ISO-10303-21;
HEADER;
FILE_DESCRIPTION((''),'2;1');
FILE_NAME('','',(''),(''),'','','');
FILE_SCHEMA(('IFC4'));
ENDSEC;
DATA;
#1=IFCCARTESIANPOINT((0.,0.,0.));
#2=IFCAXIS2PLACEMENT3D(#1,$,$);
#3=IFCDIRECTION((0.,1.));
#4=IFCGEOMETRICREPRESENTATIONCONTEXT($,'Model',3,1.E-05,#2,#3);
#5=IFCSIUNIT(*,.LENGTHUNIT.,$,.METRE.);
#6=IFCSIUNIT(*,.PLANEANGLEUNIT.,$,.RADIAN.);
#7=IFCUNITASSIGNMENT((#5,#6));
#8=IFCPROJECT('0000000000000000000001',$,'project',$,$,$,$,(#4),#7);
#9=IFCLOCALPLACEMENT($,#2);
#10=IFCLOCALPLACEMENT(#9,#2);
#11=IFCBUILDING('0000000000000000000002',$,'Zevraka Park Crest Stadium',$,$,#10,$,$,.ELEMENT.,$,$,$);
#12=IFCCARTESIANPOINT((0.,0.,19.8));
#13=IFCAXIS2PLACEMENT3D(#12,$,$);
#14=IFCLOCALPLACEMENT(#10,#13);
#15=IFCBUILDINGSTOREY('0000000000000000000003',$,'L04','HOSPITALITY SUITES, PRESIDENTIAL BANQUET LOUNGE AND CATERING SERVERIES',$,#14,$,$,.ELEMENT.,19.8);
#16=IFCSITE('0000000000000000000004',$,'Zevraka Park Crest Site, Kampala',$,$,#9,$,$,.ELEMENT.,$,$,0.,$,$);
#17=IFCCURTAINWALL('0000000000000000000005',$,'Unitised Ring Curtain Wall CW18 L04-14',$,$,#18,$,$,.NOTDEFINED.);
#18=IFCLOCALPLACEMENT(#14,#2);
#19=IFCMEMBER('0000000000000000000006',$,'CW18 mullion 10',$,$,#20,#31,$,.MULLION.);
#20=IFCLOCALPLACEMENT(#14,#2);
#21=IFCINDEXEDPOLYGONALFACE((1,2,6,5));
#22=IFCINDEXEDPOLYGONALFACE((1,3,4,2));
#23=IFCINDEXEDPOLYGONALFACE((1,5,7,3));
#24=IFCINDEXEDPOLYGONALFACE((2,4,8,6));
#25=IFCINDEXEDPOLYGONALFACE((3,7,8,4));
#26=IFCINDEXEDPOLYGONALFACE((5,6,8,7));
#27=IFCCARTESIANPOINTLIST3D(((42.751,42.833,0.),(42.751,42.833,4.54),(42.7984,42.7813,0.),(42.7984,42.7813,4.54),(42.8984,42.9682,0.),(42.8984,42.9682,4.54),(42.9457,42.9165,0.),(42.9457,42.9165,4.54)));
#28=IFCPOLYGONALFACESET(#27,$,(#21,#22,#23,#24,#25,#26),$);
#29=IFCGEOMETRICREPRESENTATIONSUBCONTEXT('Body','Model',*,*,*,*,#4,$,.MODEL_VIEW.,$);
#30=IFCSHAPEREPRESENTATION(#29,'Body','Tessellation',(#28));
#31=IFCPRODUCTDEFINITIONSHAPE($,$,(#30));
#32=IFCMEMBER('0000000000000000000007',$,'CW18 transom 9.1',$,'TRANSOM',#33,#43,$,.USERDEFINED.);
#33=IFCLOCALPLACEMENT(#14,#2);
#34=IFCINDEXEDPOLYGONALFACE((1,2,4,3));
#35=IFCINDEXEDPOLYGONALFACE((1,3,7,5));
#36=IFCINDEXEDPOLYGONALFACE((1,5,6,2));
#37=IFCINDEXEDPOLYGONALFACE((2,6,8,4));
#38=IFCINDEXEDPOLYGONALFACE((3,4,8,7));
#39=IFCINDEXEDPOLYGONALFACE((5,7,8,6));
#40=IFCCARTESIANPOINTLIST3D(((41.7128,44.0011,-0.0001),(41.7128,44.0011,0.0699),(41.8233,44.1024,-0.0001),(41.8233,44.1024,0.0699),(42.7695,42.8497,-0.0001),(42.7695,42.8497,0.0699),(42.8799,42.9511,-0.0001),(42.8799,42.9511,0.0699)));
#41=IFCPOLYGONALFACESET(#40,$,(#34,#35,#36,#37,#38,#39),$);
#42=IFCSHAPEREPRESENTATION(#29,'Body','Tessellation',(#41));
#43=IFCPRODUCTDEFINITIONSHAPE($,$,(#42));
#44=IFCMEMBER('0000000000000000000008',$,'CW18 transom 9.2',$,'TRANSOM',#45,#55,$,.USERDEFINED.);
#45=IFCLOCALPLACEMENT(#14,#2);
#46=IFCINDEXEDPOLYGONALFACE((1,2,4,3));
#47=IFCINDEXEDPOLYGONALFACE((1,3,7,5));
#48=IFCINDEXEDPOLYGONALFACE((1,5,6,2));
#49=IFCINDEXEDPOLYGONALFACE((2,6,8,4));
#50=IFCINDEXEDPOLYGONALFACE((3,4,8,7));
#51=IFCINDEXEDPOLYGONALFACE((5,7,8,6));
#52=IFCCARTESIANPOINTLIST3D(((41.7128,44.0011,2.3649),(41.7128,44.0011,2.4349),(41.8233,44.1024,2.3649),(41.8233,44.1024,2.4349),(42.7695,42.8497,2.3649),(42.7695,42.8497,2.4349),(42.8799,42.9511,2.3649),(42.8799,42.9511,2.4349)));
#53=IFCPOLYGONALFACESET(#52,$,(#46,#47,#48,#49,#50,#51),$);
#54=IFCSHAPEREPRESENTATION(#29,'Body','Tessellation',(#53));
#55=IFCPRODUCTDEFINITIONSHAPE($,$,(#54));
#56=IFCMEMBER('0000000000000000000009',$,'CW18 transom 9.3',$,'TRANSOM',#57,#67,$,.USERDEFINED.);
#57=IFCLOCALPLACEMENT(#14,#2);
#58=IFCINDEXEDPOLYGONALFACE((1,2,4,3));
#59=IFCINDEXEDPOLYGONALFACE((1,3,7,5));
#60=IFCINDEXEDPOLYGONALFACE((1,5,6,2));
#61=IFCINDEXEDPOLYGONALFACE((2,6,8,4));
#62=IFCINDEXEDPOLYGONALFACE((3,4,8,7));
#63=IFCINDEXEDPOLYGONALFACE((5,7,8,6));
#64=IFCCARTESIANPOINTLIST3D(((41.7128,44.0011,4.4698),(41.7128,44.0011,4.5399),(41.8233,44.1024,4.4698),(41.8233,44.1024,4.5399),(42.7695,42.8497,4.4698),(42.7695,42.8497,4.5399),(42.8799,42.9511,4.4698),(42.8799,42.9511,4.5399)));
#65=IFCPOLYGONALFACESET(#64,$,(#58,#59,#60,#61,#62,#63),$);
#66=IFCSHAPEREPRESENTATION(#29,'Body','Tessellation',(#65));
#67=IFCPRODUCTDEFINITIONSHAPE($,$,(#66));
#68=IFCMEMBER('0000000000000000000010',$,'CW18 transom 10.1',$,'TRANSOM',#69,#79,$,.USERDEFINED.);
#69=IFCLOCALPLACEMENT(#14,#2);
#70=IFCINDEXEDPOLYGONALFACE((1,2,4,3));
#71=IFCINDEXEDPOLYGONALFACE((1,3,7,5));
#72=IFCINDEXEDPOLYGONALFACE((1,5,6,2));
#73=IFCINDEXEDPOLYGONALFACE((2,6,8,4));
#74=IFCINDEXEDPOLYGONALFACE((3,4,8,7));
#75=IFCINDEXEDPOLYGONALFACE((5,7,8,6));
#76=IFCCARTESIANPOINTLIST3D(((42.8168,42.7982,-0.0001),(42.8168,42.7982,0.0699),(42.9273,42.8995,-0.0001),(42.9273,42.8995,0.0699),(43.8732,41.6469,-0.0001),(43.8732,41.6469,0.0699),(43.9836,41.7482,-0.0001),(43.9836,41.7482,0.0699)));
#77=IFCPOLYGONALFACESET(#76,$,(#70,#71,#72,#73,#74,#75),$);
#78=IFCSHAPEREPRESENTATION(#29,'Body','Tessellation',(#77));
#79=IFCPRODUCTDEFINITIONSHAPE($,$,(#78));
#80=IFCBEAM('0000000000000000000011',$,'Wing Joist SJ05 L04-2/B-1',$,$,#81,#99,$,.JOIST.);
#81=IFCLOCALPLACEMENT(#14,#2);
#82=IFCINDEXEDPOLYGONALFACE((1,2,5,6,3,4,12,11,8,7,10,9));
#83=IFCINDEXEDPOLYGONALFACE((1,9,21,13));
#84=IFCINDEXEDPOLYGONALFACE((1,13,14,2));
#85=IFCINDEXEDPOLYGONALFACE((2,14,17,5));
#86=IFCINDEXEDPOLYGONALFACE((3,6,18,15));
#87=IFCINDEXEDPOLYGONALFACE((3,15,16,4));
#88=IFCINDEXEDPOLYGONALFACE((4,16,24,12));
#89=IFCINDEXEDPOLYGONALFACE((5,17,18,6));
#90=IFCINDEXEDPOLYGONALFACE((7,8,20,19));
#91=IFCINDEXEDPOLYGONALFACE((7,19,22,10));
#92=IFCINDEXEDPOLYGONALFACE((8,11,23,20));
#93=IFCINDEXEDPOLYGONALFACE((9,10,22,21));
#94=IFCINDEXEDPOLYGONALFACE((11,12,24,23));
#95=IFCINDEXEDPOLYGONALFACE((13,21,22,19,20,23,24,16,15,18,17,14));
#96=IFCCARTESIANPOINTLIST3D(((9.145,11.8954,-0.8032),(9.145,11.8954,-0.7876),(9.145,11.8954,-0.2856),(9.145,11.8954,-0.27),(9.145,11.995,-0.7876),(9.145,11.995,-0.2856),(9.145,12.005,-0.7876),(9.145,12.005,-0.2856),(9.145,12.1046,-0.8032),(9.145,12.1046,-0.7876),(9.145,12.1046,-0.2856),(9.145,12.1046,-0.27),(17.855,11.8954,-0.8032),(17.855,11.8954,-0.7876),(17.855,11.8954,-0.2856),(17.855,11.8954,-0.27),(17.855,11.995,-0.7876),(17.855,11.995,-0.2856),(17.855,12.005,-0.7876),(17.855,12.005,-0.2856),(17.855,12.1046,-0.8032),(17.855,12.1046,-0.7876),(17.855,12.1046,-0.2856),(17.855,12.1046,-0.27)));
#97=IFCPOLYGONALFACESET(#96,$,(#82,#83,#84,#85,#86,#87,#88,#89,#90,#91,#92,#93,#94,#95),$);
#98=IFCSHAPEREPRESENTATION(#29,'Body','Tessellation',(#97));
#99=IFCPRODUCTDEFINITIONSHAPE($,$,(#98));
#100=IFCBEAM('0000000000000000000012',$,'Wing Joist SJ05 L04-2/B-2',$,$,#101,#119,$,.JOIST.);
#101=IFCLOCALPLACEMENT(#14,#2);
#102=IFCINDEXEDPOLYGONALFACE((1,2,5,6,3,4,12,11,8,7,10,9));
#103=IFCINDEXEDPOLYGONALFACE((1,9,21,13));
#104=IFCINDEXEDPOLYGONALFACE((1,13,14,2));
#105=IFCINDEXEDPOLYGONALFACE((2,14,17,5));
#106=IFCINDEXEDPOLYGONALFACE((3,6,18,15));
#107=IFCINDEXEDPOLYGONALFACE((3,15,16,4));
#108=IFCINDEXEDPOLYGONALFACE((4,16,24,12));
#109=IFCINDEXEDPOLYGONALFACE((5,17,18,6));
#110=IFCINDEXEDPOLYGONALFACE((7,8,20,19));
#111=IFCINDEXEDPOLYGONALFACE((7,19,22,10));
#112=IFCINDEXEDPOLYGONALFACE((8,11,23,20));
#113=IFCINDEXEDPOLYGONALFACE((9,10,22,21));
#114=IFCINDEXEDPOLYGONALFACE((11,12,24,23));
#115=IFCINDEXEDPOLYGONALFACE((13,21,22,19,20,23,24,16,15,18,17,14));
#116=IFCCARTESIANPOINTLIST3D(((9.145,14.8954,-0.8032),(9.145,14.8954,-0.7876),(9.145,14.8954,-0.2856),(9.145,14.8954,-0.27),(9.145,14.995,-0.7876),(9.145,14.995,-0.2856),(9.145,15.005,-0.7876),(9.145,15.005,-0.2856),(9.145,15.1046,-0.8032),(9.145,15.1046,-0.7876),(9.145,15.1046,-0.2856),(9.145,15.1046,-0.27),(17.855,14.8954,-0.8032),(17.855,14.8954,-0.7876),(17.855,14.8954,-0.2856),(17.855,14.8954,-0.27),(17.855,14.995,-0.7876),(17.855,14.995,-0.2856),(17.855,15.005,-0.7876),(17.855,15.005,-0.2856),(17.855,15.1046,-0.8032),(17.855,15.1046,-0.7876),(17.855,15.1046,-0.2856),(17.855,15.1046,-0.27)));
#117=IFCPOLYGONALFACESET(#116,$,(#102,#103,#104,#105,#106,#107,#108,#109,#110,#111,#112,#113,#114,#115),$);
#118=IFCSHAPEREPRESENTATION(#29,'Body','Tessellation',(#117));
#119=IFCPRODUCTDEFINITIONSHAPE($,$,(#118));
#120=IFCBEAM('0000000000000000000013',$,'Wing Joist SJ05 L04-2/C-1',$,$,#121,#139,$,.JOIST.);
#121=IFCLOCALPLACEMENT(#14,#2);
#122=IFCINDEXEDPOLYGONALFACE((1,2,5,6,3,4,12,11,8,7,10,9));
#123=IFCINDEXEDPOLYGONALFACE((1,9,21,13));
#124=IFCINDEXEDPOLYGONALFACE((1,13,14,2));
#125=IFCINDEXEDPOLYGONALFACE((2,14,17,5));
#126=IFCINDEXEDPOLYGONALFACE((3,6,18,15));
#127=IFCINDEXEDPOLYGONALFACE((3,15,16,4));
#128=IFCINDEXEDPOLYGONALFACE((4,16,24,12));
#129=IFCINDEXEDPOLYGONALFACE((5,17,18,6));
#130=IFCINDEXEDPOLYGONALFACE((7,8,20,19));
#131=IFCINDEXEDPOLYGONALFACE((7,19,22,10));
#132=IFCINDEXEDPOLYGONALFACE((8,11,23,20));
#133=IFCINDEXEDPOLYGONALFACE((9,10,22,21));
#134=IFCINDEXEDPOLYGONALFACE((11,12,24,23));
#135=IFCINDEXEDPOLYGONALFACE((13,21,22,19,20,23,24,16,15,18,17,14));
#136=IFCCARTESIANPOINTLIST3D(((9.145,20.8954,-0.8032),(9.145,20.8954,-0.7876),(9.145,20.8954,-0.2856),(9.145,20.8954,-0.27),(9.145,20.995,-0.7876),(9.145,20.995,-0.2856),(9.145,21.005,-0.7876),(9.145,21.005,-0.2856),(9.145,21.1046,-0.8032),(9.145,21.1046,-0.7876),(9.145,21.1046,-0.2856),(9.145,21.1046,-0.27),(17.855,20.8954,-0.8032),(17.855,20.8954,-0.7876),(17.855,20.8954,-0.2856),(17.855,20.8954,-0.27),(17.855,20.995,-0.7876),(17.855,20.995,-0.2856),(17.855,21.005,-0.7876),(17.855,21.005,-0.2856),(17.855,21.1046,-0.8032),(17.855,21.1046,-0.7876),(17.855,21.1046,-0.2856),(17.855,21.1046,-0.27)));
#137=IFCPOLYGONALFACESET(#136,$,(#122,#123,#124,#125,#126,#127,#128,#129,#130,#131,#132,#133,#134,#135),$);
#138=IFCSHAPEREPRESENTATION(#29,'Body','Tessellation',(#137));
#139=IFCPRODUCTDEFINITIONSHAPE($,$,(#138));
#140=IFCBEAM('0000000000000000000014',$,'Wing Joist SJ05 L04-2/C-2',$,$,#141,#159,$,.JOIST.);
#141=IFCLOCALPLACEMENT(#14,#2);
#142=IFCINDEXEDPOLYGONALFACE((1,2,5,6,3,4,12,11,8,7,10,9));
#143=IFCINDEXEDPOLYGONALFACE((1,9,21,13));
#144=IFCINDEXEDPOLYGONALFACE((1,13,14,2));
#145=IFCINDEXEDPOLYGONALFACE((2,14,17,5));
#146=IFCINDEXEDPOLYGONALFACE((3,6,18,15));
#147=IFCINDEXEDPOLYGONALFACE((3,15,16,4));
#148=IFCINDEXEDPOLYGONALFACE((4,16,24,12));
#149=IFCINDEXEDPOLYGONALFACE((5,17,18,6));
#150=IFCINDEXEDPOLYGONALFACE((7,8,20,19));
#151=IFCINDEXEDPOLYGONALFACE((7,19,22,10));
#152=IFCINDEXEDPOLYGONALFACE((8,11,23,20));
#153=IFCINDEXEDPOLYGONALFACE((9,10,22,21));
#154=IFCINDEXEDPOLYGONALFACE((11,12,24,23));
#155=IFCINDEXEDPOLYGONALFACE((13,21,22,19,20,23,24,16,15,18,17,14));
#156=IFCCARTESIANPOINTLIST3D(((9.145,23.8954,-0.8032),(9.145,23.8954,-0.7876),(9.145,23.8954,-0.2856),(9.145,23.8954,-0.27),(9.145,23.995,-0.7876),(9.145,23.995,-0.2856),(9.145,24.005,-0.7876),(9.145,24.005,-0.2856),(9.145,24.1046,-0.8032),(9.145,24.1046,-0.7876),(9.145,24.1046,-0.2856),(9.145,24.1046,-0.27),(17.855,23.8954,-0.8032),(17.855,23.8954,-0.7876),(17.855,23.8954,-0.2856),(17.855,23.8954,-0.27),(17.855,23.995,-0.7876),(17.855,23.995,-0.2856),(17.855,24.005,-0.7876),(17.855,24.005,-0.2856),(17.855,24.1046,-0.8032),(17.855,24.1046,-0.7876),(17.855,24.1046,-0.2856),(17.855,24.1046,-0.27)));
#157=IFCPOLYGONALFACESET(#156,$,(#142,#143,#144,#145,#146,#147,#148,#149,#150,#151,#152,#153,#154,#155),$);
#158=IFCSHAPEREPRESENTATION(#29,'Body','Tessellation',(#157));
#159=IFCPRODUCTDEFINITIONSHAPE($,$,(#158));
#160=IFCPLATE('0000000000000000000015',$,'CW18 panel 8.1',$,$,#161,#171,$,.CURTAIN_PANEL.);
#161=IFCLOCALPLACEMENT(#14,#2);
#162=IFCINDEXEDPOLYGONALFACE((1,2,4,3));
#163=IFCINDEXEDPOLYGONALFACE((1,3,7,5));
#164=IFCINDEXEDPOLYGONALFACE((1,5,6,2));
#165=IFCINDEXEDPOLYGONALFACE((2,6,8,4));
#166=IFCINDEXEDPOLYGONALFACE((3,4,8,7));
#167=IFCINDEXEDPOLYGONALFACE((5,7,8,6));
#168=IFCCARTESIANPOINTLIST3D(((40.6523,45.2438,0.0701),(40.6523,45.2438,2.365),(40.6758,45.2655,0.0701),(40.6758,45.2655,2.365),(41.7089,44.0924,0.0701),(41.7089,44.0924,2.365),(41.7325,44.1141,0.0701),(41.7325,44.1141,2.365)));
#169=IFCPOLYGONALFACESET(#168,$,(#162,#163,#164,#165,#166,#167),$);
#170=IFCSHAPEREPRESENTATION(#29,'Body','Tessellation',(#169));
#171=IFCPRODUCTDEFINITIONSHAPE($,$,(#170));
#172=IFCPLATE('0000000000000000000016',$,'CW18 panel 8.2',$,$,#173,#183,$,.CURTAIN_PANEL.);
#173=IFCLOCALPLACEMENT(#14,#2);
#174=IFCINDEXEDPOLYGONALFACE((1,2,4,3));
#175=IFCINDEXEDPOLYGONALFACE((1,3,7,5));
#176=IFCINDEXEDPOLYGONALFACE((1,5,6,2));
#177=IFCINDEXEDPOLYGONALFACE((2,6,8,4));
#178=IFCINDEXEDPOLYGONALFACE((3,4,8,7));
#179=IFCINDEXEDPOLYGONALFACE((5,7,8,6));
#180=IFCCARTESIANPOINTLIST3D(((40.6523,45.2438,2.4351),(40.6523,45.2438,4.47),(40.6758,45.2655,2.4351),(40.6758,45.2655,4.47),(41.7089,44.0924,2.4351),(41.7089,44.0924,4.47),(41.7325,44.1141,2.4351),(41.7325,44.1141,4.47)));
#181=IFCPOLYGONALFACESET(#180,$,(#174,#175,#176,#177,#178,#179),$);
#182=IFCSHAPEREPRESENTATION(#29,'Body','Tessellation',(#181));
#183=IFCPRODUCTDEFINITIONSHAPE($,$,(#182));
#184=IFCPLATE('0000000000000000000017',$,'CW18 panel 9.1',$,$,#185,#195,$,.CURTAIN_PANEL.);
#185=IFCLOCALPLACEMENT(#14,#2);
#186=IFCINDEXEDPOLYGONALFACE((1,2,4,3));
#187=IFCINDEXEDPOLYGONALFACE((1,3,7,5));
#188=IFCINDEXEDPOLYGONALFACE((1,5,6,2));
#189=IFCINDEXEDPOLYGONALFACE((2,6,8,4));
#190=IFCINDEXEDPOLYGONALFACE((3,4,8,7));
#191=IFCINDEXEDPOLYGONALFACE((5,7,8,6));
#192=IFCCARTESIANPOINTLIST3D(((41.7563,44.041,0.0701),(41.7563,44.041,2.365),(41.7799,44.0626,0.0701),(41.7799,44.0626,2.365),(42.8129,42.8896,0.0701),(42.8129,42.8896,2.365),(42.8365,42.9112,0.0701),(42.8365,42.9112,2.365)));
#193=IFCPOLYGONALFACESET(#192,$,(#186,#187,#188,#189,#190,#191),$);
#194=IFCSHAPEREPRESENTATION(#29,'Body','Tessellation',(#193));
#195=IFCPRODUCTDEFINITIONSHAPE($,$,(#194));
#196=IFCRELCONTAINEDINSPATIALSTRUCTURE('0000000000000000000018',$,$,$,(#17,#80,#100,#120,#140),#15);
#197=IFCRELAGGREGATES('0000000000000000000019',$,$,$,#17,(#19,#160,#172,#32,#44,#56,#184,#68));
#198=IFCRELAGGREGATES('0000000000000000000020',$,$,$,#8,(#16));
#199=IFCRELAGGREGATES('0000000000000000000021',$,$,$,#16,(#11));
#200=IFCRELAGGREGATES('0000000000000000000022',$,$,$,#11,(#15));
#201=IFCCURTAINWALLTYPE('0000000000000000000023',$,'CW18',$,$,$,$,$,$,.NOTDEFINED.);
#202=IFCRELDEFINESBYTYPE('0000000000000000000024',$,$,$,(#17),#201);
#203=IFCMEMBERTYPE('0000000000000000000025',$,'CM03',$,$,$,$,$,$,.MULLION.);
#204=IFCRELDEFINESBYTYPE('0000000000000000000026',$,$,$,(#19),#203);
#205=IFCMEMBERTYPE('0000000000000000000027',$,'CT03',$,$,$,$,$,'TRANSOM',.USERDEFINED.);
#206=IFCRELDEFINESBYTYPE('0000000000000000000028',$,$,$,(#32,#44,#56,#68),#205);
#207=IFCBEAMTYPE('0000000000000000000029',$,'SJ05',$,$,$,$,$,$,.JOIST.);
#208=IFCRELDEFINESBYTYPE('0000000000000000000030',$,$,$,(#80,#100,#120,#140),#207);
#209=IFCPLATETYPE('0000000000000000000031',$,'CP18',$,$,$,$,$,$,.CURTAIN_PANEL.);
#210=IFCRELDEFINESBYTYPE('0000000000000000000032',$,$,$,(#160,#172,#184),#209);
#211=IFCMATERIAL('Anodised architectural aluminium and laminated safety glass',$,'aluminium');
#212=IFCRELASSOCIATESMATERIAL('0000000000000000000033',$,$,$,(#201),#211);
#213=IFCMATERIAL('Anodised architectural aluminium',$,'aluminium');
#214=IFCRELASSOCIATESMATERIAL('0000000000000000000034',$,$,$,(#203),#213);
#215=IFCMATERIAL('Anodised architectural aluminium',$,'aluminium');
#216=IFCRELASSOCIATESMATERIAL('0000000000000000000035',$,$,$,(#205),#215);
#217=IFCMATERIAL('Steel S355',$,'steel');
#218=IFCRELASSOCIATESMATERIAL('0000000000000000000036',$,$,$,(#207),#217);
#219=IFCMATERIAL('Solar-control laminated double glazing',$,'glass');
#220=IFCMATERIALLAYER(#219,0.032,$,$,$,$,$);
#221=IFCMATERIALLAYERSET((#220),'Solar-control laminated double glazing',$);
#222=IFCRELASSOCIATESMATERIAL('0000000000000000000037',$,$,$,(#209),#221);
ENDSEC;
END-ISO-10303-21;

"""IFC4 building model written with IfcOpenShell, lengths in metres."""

from ifc_helpers import new_model, si_unit, direction, frame, origin, origin_2d, place, context, subcontext, project, spatial, rectangle, i_section, extrude, material, layer, layer_set, material_profile, profile_set, type_object, element, aggregate, save


model = new_model("IFC4")

# Units and contexts
model_context = context("Model", 3, precision=1e-05, world=origin(), true_north=direction((0.0, 1.0)))
body_context = subcontext(model_context, "Body", "Model", "MODEL_VIEW")
ifc_project = project(units=[si_unit("LENGTHUNIT", "METRE"), si_unit("PLANEANGLEUNIT", "RADIAN")], contexts=[model_context])

# Site, building, storey
site_placement = place(None, origin())
site = spatial("IfcSite", under=ifc_project, at=site_placement, Name="Zevraka Park Crest Site, Kampala", CompositionType="ELEMENT", RefElevation=0.0)
building_placement = place(site_placement, origin())
building = spatial("IfcBuilding", under=site, at=building_placement, Name="Zevraka Park Crest Stadium", CompositionType="ELEMENT")
storey_placement = place(building_placement, frame((0.0, 0.0, 19.8)))
storey = spatial("IfcBuildingStorey", under=building, at=storey_placement, Name="L04", Description="HOSPITALITY SUITES, PRESIDENTIAL BANQUET LOUNGE AND CATERING SERVERIES", CompositionType="ELEMENT", Elevation=19.8)

# Curtain wall, members
ifc_material_1 = material(Name="Anodised architectural aluminium and laminated safety glass", Category="aluminium")
curtain_wall_type = type_object("IfcCurtainWallType", Name="CW18", PredefinedType="NOTDEFINED", material=ifc_material_1)
curtain_wall_placement = place(storey_placement, origin())
curtain_wall = element("IfcCurtainWall", 1, at=curtain_wall_placement, inside=storey, type_object=curtain_wall_type, Name="Unitised Ring Curtain Wall CW18 L04-14", PredefinedType="NOTDEFINED")
ifc_material_2 = material(Name="Anodised architectural aluminium", Category="aluminium")
ifc_material_profile_1 = material_profile(ifc_material_2, rectangle(XDim=0.2, YDim=0.0701, at=origin_2d()), Name="ALU MULLION 200x70")
ifc_profile_set_1 = profile_set([ifc_material_profile_1], Name="Anodised architectural aluminium")
member_type_1 = type_object("IfcMemberType", Name="CM03", PredefinedType="MULLION", material=ifc_profile_set_1)
member_1_placement = place(storey_placement, frame((42.8484, 42.8748, 0.0), z_axis=(0.0, 0.0, 1.0), x_axis=(0.736775, 0.676138, 0.0)))
member_1 = element("IfcMember", 2, at=member_1_placement, type_object=member_type_1, Name="CW18 mullion 10", PredefinedType="MULLION", context=body_context, shape_type="SweptSolid", body=[
    extrude(rectangle(XDim=0.2, YDim=0.0701, at=origin_2d()), origin(), (0.0, 0.0, 1.0), 4.54),
])
ifc_material_3 = material(Name="Anodised architectural aluminium", Category="aluminium")
ifc_material_profile_2 = material_profile(ifc_material_3, rectangle(XDim=0.1499, YDim=0.0701, at=origin_2d()), Name="ALU TRANSOM 150x70")
ifc_profile_set_2 = profile_set([ifc_material_profile_2], Name="Anodised architectural aluminium")
member_type_2 = type_object("IfcMemberType", Name="CT03", ElementType="TRANSOM", PredefinedType="USERDEFINED", material=ifc_profile_set_2)
member_2_placement = place(storey_placement, frame((41.7681, 44.0518, 0.0349), z_axis=(0.676149, -0.736765, 0.0), x_axis=(0.736765, 0.676149, 0.0)))
member_2 = element("IfcMember", 3, at=member_2_placement, type_object=member_type_2, Name="CW18 transom 9.1", ObjectType="TRANSOM", PredefinedType="USERDEFINED", context=body_context, shape_type="SweptSolid", body=[
    extrude(rectangle(XDim=0.1499, YDim=0.0701, at=origin_2d()), origin(), (0.0, 0.0, 1.0), 1.5627),
])
member_3_placement = place(storey_placement, frame((41.7681, 44.0518, 2.3999), z_axis=(0.676149, -0.736765, 0.0), x_axis=(0.736765, 0.676149, 0.0)))
member_3 = element("IfcMember", 4, at=member_3_placement, type_object=member_type_2, Name="CW18 transom 9.2", ObjectType="TRANSOM", PredefinedType="USERDEFINED", context=body_context, shape_type="SweptSolid", body=[
    extrude(rectangle(XDim=0.1499, YDim=0.0701, at=origin_2d()), origin(), (0.0, 0.0, 1.0), 1.5627),
])
member_4_placement = place(storey_placement, frame((41.7681, 44.0518, 4.5049), z_axis=(0.676149, -0.736765, 0.0), x_axis=(0.736765, 0.676149, 0.0)))
member_4 = element("IfcMember", 5, at=member_4_placement, type_object=member_type_2, Name="CW18 transom 9.3", ObjectType="TRANSOM", PredefinedType="USERDEFINED", context=body_context, shape_type="SweptSolid", body=[
    extrude(rectangle(XDim=0.1499, YDim=0.0701, at=origin_2d()), origin(), (0.0, 0.0, 1.0), 1.5627),
])
member_5_placement = place(storey_placement, frame((42.8721, 42.8489, 0.0349), z_axis=(0.676064, -0.736843, 0.0), x_axis=(0.736843, 0.676064, 0.0)))
member_5 = element("IfcMember", 6, at=member_5_placement, type_object=member_type_2, Name="CW18 transom 10.1", ObjectType="TRANSOM", PredefinedType="USERDEFINED", context=body_context, shape_type="SweptSolid", body=[
    extrude(rectangle(XDim=0.1499, YDim=0.0701, at=origin_2d()), origin(), (0.0, 0.0, 1.0), 1.5625),
])

# Beams
ifc_material_4 = material(Name="Steel S355", Category="steel")
ifc_material_profile_3 = material_profile(ifc_material_4, i_section(OverallWidth=0.2092, OverallDepth=0.5332, WebThickness=0.01, FlangeThickness=0.0156, at=origin_2d()), Name="UKB 533x210x92")
ifc_profile_set_3 = profile_set([ifc_material_profile_3], Name="Steel S355")
beam_type_1 = type_object("IfcBeamType", Name="SJ05", PredefinedType="JOIST", material=ifc_profile_set_3)
for number, where, z_axis, x_axis, name in (
    (7, (9.145, 12.0, -0.5366), (1.0, 0.0, 0.0), (0.0, 1.0, 0.0), "Wing Joist SJ05 L04-2/B-1"),
    (8, (9.145, 15.0, -0.5366), (1.0, 0.0, 0.0), (0.0, 1.0, 0.0), "Wing Joist SJ05 L04-2/B-2"),
    (9, (9.145, 21.0, -0.5366), (1.0, 0.0, 0.0), (0.0, 1.0, 0.0), "Wing Joist SJ05 L04-2/C-1"),
    (10, (9.145, 24.0, -0.5366), (1.0, 0.0, 0.0), (0.0, 1.0, 0.0), "Wing Joist SJ05 L04-2/C-2"),
):
    element("IfcBeam", number, at=place(storey_placement, frame(where, z_axis=z_axis, x_axis=x_axis)), inside=storey, type_object=beam_type_1, Name=name, PredefinedType="JOIST", context=body_context, shape_type="SweptSolid", body=[
        extrude(i_section(OverallWidth=0.2092, OverallDepth=0.5332, WebThickness=0.01, FlangeThickness=0.0156, at=origin_2d()), origin(), (0.0, 0.0, 1.0), 8.71),
    ])

# Plates
ifc_material_5 = material(Name="Solar-control laminated double glazing", Category="glass")
ifc_layer_1 = layer(ifc_material_5, 0.032)
ifc_layer_set_1 = layer_set([ifc_layer_1], Name="Solar-control laminated double glazing")
plate_type = type_object("IfcPlateType", Name="CP18", PredefinedType="CURTAIN_PANEL", material=ifc_layer_set_1)
plate_1_placement = place(storey_placement, frame((41.1924, 44.679, 0.0701), z_axis=(0.0, 0.0, 1.0), x_axis=(0.676138, -0.736775, 0.0)))
plate_1 = element("IfcPlate", 11, at=plate_1_placement, type_object=plate_type, Name="CW18 panel 8.1", PredefinedType="CURTAIN_PANEL", context=body_context, shape_type="SweptSolid", body=[
    extrude(rectangle(XDim=1.5627, YDim=0.032, at=origin_2d()), origin(), (0.0, 0.0, 1.0), 2.2949),
])
plate_2_placement = place(storey_placement, frame((41.1924, 44.679, 2.4351), z_axis=(0.0, 0.0, 1.0), x_axis=(0.676138, -0.736775, 0.0)))
plate_2 = element("IfcPlate", 12, at=plate_2_placement, type_object=plate_type, Name="CW18 panel 8.2", PredefinedType="CURTAIN_PANEL", context=body_context, shape_type="SweptSolid", body=[
    extrude(rectangle(XDim=1.5627, YDim=0.032, at=origin_2d()), origin(), (0.0, 0.0, 1.0), 2.0349),
])
plate_3_placement = place(storey_placement, frame((42.2964, 43.4761, 0.0701), z_axis=(0.0, 0.0, 1.0), x_axis=(0.676138, -0.736775, 0.0)))
plate_3 = element("IfcPlate", 13, at=plate_3_placement, type_object=plate_type, Name="CW18 panel 9.1", PredefinedType="CURTAIN_PANEL", context=body_context, shape_type="SweptSolid", body=[
    extrude(rectangle(XDim=1.5627, YDim=0.032, at=origin_2d()), origin(), (0.0, 0.0, 1.0), 2.2949),
])
aggregate(curtain_wall, [member_1, plate_1, plate_2, member_2, member_3, member_4, plate_3, member_5])

save(model, "model.ifc")
